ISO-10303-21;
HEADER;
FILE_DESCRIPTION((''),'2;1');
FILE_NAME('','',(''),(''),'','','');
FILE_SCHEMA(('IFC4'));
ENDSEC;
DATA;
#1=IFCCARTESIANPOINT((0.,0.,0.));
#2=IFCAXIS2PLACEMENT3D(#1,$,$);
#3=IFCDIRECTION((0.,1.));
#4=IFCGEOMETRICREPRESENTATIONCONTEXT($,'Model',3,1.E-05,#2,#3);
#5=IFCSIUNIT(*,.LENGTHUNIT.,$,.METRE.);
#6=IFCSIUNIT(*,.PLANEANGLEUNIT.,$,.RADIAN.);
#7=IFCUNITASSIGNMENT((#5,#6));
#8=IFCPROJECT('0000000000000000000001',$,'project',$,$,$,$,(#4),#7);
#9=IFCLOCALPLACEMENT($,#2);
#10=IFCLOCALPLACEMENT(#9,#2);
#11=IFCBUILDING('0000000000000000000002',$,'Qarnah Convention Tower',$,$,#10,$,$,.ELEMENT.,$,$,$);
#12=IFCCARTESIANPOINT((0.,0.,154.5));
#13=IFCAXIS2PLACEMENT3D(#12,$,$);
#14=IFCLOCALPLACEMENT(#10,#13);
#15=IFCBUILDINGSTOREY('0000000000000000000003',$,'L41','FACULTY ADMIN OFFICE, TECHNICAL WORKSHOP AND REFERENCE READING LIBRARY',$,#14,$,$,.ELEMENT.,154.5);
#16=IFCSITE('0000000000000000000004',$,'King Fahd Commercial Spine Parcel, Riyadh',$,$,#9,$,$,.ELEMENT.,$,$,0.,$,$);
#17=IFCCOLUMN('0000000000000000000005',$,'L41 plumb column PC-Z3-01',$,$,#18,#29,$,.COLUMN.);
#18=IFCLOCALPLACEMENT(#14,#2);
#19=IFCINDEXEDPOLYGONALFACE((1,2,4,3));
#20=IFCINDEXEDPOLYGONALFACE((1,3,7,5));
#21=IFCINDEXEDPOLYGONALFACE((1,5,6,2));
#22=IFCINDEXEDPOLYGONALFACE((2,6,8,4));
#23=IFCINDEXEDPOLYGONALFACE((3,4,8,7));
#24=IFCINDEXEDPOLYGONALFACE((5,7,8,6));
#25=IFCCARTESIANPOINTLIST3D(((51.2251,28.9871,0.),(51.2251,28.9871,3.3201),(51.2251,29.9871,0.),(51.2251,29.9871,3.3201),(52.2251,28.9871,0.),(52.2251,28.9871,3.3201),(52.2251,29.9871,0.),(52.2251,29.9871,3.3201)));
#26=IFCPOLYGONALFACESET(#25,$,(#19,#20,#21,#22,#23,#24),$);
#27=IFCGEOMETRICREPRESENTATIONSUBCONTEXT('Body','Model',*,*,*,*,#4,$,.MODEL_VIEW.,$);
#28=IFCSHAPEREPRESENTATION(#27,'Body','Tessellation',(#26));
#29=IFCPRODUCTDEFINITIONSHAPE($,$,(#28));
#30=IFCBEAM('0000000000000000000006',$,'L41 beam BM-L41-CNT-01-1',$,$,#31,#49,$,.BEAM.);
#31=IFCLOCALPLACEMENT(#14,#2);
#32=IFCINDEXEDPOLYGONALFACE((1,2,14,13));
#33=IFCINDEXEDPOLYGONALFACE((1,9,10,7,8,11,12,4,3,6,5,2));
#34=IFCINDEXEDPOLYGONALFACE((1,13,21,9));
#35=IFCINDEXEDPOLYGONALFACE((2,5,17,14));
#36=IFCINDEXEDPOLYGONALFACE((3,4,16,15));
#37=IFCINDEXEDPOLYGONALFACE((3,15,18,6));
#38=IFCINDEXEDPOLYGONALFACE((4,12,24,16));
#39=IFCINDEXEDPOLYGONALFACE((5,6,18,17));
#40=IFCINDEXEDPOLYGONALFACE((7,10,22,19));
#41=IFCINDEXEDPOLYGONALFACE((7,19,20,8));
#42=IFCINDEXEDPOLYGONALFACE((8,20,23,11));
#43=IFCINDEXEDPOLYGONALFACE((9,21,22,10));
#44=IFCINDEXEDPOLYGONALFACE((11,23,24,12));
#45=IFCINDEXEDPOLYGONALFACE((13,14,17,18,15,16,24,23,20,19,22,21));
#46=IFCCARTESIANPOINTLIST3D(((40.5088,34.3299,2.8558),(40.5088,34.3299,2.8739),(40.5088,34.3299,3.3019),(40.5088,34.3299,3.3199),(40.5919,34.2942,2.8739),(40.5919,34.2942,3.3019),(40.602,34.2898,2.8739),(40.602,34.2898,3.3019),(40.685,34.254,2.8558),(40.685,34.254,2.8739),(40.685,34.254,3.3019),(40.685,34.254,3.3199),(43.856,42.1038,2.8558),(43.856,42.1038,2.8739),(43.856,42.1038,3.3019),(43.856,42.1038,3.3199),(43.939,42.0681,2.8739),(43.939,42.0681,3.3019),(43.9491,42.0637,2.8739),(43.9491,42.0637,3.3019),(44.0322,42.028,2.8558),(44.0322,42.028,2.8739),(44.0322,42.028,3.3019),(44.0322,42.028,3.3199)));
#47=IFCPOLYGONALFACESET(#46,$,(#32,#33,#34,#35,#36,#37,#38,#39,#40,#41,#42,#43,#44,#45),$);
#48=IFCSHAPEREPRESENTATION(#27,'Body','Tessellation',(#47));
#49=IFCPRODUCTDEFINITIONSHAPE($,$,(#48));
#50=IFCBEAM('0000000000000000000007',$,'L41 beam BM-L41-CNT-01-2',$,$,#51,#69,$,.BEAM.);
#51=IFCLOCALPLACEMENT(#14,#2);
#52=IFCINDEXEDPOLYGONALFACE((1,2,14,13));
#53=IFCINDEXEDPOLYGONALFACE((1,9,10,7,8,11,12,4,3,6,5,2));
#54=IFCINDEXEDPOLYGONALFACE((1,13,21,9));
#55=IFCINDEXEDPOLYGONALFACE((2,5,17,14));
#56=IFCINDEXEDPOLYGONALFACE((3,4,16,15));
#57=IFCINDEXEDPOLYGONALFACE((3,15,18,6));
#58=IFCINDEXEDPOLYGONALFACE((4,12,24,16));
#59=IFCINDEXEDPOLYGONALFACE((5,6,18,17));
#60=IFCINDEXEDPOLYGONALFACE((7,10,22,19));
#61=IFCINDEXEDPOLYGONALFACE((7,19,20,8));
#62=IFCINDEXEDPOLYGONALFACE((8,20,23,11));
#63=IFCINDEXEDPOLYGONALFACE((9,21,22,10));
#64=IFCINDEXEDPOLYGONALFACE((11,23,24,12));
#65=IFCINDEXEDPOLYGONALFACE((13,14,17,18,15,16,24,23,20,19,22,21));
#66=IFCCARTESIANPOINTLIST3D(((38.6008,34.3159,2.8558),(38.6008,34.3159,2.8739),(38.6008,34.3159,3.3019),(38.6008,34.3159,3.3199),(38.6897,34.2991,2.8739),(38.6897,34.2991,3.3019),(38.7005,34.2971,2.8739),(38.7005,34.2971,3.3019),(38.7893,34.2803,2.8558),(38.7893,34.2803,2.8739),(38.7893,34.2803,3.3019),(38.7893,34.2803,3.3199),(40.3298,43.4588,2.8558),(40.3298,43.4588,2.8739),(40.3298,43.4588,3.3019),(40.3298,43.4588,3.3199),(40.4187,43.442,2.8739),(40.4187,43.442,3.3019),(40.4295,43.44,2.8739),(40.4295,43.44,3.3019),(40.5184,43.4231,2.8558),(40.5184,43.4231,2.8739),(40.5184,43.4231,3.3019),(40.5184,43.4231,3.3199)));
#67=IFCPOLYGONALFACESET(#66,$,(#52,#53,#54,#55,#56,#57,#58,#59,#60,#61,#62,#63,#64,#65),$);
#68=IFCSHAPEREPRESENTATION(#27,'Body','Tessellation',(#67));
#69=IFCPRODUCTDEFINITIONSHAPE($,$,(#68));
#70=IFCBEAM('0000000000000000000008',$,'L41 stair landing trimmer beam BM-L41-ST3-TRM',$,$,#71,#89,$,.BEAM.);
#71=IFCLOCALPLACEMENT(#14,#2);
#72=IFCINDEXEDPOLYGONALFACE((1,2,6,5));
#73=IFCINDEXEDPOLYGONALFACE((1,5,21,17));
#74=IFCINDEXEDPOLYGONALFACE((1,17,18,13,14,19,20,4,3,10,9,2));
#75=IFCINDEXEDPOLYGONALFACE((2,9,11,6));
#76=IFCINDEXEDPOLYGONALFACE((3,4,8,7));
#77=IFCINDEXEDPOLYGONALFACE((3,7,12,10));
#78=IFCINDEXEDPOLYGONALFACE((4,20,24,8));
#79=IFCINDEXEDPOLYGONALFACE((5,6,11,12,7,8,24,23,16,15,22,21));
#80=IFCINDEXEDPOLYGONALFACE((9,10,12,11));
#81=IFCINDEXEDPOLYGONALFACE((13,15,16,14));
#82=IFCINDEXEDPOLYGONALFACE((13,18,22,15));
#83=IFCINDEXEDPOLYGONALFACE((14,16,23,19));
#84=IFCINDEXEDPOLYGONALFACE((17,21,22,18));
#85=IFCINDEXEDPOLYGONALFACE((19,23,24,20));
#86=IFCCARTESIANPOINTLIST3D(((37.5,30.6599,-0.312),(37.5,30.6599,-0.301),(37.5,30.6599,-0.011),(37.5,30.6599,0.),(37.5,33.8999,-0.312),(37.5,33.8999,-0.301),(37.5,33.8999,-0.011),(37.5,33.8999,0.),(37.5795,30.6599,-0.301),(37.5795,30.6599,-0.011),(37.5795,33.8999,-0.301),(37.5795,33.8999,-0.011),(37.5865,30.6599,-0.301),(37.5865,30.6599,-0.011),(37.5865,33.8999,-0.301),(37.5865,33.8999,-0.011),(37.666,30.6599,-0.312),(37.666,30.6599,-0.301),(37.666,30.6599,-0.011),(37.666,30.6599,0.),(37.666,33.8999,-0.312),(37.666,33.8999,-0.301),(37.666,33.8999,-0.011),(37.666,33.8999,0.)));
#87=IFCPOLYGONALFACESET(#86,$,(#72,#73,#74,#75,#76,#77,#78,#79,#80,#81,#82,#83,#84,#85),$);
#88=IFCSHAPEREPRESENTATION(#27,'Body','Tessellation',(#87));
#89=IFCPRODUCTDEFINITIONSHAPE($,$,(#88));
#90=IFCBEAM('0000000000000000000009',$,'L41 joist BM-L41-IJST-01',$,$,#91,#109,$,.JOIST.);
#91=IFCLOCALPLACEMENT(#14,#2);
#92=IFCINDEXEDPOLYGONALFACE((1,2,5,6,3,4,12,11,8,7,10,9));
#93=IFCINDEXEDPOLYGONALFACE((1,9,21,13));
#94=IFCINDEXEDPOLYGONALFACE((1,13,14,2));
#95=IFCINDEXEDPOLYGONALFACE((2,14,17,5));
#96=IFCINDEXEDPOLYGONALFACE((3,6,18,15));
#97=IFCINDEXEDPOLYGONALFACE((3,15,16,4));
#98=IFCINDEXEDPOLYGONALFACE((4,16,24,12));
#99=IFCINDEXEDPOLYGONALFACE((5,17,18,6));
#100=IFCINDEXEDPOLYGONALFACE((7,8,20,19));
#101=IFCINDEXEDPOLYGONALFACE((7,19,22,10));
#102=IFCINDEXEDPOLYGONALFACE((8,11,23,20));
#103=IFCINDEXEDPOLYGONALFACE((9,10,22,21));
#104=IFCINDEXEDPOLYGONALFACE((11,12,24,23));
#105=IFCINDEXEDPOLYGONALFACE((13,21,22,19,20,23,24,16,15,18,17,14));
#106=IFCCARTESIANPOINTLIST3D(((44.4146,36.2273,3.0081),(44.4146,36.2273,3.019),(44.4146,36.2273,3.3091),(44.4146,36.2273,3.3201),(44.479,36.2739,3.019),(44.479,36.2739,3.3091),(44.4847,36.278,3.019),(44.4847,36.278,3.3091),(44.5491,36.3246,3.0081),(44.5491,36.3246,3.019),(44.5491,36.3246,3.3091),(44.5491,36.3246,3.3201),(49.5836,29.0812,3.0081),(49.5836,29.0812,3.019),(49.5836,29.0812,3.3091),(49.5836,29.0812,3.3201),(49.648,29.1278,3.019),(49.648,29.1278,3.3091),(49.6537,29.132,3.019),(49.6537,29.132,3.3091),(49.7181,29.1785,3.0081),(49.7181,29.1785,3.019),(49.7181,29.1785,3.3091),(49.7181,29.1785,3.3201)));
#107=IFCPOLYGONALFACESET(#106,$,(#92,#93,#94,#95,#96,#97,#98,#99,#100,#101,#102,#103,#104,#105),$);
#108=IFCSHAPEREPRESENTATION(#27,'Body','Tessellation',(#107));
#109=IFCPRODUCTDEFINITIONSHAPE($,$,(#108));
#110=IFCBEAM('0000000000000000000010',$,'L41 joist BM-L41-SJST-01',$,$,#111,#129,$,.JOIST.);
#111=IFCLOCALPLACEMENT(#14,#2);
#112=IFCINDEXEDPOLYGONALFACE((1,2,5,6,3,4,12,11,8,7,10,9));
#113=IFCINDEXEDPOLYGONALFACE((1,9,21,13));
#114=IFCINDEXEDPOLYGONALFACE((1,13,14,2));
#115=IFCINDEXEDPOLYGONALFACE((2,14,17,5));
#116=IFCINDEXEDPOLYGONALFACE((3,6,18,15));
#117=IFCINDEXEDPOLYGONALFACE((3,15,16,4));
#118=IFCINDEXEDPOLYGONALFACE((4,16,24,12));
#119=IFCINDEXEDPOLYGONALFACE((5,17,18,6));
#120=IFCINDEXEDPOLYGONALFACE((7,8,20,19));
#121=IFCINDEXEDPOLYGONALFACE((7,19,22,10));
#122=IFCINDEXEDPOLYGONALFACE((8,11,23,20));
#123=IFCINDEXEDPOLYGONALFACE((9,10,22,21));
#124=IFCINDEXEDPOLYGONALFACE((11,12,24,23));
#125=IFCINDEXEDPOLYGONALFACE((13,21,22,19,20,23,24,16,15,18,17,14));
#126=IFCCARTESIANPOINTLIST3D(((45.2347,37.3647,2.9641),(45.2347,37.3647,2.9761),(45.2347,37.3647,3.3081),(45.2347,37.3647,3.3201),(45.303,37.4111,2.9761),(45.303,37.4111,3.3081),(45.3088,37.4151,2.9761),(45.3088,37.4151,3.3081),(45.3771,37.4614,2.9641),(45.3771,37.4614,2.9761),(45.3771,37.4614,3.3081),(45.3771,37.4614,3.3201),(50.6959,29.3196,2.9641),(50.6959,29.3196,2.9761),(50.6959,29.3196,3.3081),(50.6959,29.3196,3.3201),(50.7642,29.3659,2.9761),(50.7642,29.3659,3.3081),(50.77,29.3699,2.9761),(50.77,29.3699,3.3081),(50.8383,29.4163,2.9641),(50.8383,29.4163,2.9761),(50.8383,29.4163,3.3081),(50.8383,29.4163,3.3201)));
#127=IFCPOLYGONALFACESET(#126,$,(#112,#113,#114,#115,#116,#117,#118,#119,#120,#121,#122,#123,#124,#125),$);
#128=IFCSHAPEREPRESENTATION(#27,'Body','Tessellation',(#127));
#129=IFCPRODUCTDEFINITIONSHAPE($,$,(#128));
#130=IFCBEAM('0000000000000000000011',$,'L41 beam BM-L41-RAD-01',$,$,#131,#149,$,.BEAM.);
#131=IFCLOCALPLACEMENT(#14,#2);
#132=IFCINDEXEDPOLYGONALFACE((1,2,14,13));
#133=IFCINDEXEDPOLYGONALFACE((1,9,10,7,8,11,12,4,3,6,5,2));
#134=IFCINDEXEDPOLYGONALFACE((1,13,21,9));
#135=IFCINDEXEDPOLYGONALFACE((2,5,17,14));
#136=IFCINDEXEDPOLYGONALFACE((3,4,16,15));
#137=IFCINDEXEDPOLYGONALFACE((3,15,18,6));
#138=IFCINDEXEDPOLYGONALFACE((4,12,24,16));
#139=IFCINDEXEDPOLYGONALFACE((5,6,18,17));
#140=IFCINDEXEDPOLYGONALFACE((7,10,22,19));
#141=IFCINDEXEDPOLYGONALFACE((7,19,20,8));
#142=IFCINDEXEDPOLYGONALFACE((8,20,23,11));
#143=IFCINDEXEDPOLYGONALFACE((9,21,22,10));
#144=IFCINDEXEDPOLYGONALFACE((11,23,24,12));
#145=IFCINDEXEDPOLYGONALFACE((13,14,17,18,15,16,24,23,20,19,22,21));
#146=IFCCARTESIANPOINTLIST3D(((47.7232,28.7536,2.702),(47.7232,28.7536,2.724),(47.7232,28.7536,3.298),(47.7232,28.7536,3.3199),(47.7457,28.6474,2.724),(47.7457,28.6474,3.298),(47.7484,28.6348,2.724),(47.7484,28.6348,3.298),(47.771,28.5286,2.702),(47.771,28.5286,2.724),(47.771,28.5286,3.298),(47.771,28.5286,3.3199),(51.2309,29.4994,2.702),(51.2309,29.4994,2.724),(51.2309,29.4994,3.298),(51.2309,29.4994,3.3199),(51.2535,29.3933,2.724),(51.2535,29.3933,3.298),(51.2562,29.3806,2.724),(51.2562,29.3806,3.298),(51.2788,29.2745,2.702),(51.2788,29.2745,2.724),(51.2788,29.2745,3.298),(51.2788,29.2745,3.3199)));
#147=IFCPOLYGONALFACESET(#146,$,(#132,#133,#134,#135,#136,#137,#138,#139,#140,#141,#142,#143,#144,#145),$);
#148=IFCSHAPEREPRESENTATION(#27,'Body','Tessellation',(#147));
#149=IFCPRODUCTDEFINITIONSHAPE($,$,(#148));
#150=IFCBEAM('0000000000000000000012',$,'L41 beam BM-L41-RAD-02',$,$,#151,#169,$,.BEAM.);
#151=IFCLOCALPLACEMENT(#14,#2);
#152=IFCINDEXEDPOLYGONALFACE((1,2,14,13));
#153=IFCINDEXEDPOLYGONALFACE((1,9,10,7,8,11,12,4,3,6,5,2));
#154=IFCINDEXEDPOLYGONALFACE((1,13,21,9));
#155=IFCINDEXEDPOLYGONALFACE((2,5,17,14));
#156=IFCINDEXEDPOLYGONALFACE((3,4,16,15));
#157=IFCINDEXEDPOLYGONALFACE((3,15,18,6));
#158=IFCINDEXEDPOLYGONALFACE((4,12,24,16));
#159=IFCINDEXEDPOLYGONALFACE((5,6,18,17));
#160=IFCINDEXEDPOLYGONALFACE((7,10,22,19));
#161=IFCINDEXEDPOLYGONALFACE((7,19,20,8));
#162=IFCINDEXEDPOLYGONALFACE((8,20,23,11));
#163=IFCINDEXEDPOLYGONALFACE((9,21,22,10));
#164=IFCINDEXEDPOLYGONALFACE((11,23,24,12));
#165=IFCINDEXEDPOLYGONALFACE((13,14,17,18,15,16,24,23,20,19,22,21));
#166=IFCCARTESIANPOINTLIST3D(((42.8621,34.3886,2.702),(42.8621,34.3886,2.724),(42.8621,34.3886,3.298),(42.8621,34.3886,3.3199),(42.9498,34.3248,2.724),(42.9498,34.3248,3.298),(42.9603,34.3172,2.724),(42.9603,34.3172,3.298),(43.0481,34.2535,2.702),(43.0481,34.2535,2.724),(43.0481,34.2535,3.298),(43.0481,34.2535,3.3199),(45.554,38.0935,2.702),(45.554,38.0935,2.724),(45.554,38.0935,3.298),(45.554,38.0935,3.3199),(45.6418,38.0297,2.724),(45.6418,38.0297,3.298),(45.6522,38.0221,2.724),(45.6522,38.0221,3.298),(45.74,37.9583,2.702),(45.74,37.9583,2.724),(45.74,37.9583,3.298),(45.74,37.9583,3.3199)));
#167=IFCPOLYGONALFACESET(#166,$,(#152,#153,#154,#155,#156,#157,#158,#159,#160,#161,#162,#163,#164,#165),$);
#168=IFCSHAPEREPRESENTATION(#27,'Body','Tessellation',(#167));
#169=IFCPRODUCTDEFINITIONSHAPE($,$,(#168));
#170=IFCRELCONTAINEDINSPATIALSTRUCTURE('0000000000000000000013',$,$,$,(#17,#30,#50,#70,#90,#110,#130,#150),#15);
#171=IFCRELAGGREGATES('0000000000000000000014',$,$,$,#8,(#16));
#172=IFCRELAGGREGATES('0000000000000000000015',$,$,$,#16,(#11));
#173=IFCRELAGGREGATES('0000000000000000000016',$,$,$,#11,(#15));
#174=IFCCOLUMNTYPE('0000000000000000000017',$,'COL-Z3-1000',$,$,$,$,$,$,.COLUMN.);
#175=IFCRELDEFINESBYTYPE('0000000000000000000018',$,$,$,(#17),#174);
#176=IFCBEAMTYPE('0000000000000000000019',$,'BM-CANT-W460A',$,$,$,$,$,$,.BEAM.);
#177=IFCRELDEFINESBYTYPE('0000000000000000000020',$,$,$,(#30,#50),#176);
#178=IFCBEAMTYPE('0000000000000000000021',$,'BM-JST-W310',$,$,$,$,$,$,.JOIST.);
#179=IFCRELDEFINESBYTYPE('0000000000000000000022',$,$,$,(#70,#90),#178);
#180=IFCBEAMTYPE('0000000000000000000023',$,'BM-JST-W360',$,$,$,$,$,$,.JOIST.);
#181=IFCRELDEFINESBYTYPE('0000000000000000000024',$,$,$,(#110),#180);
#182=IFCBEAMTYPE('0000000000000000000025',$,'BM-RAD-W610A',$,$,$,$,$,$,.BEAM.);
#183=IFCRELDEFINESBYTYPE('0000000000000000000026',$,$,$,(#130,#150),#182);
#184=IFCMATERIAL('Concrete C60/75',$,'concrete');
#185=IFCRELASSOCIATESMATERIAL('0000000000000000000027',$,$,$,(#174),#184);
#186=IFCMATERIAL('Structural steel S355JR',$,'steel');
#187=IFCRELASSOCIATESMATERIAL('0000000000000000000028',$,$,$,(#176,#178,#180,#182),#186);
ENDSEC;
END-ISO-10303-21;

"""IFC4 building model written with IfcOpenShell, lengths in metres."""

from ifc_helpers import new_model, si_unit, direction, frame, origin, origin_2d, place, context, subcontext, project, spatial, rectangle, i_section, extrude, material, material_profile, profile_set, type_object, element, save


model = new_model("IFC4")

# Units and contexts
model_context = context("Model", 3, precision=1e-05, world=origin(), true_north=direction((0.0, 1.0)))
body_context = subcontext(model_context, "Body", "Model", "MODEL_VIEW")
ifc_project = project(units=[si_unit("LENGTHUNIT", "METRE"), si_unit("PLANEANGLEUNIT", "RADIAN")], contexts=[model_context])

# Site, building, storey
site_placement = place(None, origin())
site = spatial("IfcSite", under=ifc_project, at=site_placement, Name="King Fahd Commercial Spine Parcel, Riyadh", CompositionType="ELEMENT", RefElevation=0.0)
building_placement = place(site_placement, origin())
building = spatial("IfcBuilding", under=site, at=building_placement, Name="Qarnah Convention Tower", CompositionType="ELEMENT")
storey_placement = place(building_placement, frame((0.0, 0.0, 154.5)))
storey = spatial("IfcBuildingStorey", under=building, at=storey_placement, Name="L41", Description="FACULTY ADMIN OFFICE, TECHNICAL WORKSHOP AND REFERENCE READING LIBRARY", CompositionType="ELEMENT", Elevation=154.5)

# Column
ifc_material_1 = material(Name="Concrete C60/75", Category="concrete")
ifc_material_profile_1 = material_profile(ifc_material_1, rectangle(XDim=1.0, YDim=1.0, at=origin_2d()), Name="RC-COL-1000X1000")
ifc_profile_set_1 = profile_set([ifc_material_profile_1], Name="Concrete C60/75")
column_type = type_object("IfcColumnType", Name="COL-Z3-1000", PredefinedType="COLUMN", material=ifc_profile_set_1)
column_placement = place(storey_placement, frame((51.7251, 29.4871, 0.0), z_axis=(0.0, 0.0, 1.0), x_axis=(1.0, 0.0, 0.0)))
element("IfcColumn", 1, at=column_placement, inside=storey, type_object=column_type, Name="L41 plumb column PC-Z3-01", PredefinedType="COLUMN", context=body_context, shape_type="SweptSolid", body=[
    extrude(rectangle(XDim=1.0, YDim=1.0, at=origin_2d()), origin(), (0.0, 0.0, 1.0), 3.3201),
])

# Beams
ifc_material_2 = material(Name="Structural steel S355JR", Category="steel")
ifc_material_profile_2 = material_profile(ifc_material_2, i_section(OverallWidth=0.1919, OverallDepth=0.4641, WebThickness=0.011, FlangeThickness=0.0181, at=origin_2d()), Name="W460X89")
ifc_profile_set_2 = profile_set([ifc_material_profile_2], Name="Structural steel S355JR")
beam_type_1 = type_object("IfcBeamType", Name="BM-CANT-W460A", PredefinedType="BEAM", material=ifc_profile_set_2)
beam_1_placement = place(storey_placement, frame((40.5969, 34.292, 3.0879), z_axis=(0.395464, 0.918481, 0.0), x_axis=(-0.918481, 0.395464, 0.0)))
element("IfcBeam", 2, at=beam_1_placement, inside=storey, type_object=beam_type_1, Name="L41 beam BM-L41-CNT-01-1", PredefinedType="BEAM", context=body_context, shape_type="SweptSolid", body=[
    extrude(i_section(OverallWidth=0.1919, OverallDepth=0.4641, WebThickness=0.011, FlangeThickness=0.0181, at=origin_2d()), origin(), (0.0, 0.0, 1.0), 8.4639),
])
beam_2_placement = place(storey_placement, frame((38.6951, 34.2981, 3.0879), z_axis=(0.185817, 0.982584, 0.0), x_axis=(-0.982584, 0.185817, 0.0)))
element("IfcBeam", 3, at=beam_2_placement, inside=storey, type_object=beam_type_1, Name="L41 beam BM-L41-CNT-01-2", PredefinedType="BEAM", context=body_context, shape_type="SweptSolid", body=[
    extrude(i_section(OverallWidth=0.1919, OverallDepth=0.4641, WebThickness=0.011, FlangeThickness=0.0181, at=origin_2d()), origin(), (0.0, 0.0, 1.0), 9.3049),
])
ifc_material_profile_3 = material_profile(ifc_material_2, i_section(OverallWidth=0.166, OverallDepth=0.312, WebThickness=0.0071, FlangeThickness=0.011, at=origin_2d()), Name="W310X45")
ifc_profile_set_3 = profile_set([ifc_material_profile_3], Name="Structural steel S355JR")
beam_type_2 = type_object("IfcBeamType", Name="BM-JST-W310", PredefinedType="JOIST", material=ifc_profile_set_3)
beam_3_placement = place(storey_placement, frame((37.583, 30.6599, -0.156), z_axis=(0.0, 1.0, 0.0), x_axis=(-1.0, 0.0, 0.0)))
element("IfcBeam", 4, at=beam_3_placement, inside=storey, type_object=beam_type_2, Name="L41 stair landing trimmer beam BM-L41-ST3-TRM", PredefinedType="BEAM", context=body_context, shape_type="SweptSolid", body=[
    extrude(i_section(OverallWidth=0.166, OverallDepth=0.312, WebThickness=0.0071, FlangeThickness=0.011, at=origin_2d()), origin(), (0.0, 0.0, 1.0), 3.24),
])
beam_4_placement = place(storey_placement, frame((49.6509, 29.1299, 3.1641), z_axis=(-0.586083, 0.810251, 0.0), x_axis=(-0.810251, -0.586083, 0.0)))
element("IfcBeam", 5, at=beam_4_placement, inside=storey, type_object=beam_type_2, Name="L41 joist BM-L41-IJST-01", PredefinedType="JOIST", context=body_context, shape_type="SweptSolid", body=[
    extrude(i_section(OverallWidth=0.166, OverallDepth=0.312, WebThickness=0.0071, FlangeThickness=0.011, at=origin_2d()), origin(), (0.0, 0.0, 1.0), 8.8196),
])
ifc_material_profile_4 = material_profile(ifc_material_2, i_section(OverallWidth=0.1721, OverallDepth=0.356, WebThickness=0.0071, FlangeThickness=0.012, at=origin_2d()), Name="W360X51")
ifc_profile_set_4 = profile_set([ifc_material_profile_4], Name="Structural steel S355JR")
beam_type_3 = type_object("IfcBeamType", Name="BM-JST-W360", PredefinedType="JOIST", material=ifc_profile_set_4)
beam_5_placement = place(storey_placement, frame((50.7671, 29.3679, 3.1421), z_axis=(-0.56164, 0.827382, 0.0), x_axis=(-0.827382, -0.56164, 0.0)))
element("IfcBeam", 6, at=beam_5_placement, inside=storey, type_object=beam_type_3, Name="L41 joist BM-L41-SJST-01", PredefinedType="JOIST", context=body_context, shape_type="SweptSolid", body=[
    extrude(i_section(OverallWidth=0.1721, OverallDepth=0.356, WebThickness=0.0071, FlangeThickness=0.012, at=origin_2d()), origin(), (0.0, 0.0, 1.0), 9.7236),
])
ifc_material_profile_5 = material_profile(ifc_material_2, i_section(OverallWidth=0.23, OverallDepth=0.6179, WebThickness=0.0129, FlangeThickness=0.022, at=origin_2d()), Name="W610X140")
ifc_profile_set_5 = profile_set([ifc_material_profile_5], Name="Structural steel S355JR")
beam_type_4 = type_object("IfcBeamType", Name="BM-RAD-W610A", PredefinedType="BEAM", material=ifc_profile_set_5)
beam_6_placement = place(storey_placement, frame((47.7471, 28.6411, 3.011), z_axis=(0.978134, 0.207976, 0.0), x_axis=(-0.207976, 0.978134, 0.0)))
element("IfcBeam", 7, at=beam_6_placement, inside=storey, type_object=beam_type_4, Name="L41 beam BM-L41-RAD-01", PredefinedType="BEAM", context=body_context, shape_type="SweptSolid", body=[
    extrude(i_section(OverallWidth=0.23, OverallDepth=0.6179, WebThickness=0.0129, FlangeThickness=0.022, at=origin_2d()), origin(), (0.0, 0.0, 1.0), 3.5862),
])
beam_7_placement = place(storey_placement, frame((42.9551, 34.321, 3.011), z_axis=(0.58781, 0.808999, 0.0), x_axis=(-0.808999, 0.58781, 0.0)))
element("IfcBeam", 8, at=beam_7_placement, inside=storey, type_object=beam_type_4, Name="L41 beam BM-L41-RAD-02", PredefinedType="BEAM", context=body_context, shape_type="SweptSolid", body=[
    extrude(i_section(OverallWidth=0.23, OverallDepth=0.6179, WebThickness=0.0129, FlangeThickness=0.022, at=origin_2d()), origin(), (0.0, 0.0, 1.0), 4.5796),
])

save(model, "model.ifc")
